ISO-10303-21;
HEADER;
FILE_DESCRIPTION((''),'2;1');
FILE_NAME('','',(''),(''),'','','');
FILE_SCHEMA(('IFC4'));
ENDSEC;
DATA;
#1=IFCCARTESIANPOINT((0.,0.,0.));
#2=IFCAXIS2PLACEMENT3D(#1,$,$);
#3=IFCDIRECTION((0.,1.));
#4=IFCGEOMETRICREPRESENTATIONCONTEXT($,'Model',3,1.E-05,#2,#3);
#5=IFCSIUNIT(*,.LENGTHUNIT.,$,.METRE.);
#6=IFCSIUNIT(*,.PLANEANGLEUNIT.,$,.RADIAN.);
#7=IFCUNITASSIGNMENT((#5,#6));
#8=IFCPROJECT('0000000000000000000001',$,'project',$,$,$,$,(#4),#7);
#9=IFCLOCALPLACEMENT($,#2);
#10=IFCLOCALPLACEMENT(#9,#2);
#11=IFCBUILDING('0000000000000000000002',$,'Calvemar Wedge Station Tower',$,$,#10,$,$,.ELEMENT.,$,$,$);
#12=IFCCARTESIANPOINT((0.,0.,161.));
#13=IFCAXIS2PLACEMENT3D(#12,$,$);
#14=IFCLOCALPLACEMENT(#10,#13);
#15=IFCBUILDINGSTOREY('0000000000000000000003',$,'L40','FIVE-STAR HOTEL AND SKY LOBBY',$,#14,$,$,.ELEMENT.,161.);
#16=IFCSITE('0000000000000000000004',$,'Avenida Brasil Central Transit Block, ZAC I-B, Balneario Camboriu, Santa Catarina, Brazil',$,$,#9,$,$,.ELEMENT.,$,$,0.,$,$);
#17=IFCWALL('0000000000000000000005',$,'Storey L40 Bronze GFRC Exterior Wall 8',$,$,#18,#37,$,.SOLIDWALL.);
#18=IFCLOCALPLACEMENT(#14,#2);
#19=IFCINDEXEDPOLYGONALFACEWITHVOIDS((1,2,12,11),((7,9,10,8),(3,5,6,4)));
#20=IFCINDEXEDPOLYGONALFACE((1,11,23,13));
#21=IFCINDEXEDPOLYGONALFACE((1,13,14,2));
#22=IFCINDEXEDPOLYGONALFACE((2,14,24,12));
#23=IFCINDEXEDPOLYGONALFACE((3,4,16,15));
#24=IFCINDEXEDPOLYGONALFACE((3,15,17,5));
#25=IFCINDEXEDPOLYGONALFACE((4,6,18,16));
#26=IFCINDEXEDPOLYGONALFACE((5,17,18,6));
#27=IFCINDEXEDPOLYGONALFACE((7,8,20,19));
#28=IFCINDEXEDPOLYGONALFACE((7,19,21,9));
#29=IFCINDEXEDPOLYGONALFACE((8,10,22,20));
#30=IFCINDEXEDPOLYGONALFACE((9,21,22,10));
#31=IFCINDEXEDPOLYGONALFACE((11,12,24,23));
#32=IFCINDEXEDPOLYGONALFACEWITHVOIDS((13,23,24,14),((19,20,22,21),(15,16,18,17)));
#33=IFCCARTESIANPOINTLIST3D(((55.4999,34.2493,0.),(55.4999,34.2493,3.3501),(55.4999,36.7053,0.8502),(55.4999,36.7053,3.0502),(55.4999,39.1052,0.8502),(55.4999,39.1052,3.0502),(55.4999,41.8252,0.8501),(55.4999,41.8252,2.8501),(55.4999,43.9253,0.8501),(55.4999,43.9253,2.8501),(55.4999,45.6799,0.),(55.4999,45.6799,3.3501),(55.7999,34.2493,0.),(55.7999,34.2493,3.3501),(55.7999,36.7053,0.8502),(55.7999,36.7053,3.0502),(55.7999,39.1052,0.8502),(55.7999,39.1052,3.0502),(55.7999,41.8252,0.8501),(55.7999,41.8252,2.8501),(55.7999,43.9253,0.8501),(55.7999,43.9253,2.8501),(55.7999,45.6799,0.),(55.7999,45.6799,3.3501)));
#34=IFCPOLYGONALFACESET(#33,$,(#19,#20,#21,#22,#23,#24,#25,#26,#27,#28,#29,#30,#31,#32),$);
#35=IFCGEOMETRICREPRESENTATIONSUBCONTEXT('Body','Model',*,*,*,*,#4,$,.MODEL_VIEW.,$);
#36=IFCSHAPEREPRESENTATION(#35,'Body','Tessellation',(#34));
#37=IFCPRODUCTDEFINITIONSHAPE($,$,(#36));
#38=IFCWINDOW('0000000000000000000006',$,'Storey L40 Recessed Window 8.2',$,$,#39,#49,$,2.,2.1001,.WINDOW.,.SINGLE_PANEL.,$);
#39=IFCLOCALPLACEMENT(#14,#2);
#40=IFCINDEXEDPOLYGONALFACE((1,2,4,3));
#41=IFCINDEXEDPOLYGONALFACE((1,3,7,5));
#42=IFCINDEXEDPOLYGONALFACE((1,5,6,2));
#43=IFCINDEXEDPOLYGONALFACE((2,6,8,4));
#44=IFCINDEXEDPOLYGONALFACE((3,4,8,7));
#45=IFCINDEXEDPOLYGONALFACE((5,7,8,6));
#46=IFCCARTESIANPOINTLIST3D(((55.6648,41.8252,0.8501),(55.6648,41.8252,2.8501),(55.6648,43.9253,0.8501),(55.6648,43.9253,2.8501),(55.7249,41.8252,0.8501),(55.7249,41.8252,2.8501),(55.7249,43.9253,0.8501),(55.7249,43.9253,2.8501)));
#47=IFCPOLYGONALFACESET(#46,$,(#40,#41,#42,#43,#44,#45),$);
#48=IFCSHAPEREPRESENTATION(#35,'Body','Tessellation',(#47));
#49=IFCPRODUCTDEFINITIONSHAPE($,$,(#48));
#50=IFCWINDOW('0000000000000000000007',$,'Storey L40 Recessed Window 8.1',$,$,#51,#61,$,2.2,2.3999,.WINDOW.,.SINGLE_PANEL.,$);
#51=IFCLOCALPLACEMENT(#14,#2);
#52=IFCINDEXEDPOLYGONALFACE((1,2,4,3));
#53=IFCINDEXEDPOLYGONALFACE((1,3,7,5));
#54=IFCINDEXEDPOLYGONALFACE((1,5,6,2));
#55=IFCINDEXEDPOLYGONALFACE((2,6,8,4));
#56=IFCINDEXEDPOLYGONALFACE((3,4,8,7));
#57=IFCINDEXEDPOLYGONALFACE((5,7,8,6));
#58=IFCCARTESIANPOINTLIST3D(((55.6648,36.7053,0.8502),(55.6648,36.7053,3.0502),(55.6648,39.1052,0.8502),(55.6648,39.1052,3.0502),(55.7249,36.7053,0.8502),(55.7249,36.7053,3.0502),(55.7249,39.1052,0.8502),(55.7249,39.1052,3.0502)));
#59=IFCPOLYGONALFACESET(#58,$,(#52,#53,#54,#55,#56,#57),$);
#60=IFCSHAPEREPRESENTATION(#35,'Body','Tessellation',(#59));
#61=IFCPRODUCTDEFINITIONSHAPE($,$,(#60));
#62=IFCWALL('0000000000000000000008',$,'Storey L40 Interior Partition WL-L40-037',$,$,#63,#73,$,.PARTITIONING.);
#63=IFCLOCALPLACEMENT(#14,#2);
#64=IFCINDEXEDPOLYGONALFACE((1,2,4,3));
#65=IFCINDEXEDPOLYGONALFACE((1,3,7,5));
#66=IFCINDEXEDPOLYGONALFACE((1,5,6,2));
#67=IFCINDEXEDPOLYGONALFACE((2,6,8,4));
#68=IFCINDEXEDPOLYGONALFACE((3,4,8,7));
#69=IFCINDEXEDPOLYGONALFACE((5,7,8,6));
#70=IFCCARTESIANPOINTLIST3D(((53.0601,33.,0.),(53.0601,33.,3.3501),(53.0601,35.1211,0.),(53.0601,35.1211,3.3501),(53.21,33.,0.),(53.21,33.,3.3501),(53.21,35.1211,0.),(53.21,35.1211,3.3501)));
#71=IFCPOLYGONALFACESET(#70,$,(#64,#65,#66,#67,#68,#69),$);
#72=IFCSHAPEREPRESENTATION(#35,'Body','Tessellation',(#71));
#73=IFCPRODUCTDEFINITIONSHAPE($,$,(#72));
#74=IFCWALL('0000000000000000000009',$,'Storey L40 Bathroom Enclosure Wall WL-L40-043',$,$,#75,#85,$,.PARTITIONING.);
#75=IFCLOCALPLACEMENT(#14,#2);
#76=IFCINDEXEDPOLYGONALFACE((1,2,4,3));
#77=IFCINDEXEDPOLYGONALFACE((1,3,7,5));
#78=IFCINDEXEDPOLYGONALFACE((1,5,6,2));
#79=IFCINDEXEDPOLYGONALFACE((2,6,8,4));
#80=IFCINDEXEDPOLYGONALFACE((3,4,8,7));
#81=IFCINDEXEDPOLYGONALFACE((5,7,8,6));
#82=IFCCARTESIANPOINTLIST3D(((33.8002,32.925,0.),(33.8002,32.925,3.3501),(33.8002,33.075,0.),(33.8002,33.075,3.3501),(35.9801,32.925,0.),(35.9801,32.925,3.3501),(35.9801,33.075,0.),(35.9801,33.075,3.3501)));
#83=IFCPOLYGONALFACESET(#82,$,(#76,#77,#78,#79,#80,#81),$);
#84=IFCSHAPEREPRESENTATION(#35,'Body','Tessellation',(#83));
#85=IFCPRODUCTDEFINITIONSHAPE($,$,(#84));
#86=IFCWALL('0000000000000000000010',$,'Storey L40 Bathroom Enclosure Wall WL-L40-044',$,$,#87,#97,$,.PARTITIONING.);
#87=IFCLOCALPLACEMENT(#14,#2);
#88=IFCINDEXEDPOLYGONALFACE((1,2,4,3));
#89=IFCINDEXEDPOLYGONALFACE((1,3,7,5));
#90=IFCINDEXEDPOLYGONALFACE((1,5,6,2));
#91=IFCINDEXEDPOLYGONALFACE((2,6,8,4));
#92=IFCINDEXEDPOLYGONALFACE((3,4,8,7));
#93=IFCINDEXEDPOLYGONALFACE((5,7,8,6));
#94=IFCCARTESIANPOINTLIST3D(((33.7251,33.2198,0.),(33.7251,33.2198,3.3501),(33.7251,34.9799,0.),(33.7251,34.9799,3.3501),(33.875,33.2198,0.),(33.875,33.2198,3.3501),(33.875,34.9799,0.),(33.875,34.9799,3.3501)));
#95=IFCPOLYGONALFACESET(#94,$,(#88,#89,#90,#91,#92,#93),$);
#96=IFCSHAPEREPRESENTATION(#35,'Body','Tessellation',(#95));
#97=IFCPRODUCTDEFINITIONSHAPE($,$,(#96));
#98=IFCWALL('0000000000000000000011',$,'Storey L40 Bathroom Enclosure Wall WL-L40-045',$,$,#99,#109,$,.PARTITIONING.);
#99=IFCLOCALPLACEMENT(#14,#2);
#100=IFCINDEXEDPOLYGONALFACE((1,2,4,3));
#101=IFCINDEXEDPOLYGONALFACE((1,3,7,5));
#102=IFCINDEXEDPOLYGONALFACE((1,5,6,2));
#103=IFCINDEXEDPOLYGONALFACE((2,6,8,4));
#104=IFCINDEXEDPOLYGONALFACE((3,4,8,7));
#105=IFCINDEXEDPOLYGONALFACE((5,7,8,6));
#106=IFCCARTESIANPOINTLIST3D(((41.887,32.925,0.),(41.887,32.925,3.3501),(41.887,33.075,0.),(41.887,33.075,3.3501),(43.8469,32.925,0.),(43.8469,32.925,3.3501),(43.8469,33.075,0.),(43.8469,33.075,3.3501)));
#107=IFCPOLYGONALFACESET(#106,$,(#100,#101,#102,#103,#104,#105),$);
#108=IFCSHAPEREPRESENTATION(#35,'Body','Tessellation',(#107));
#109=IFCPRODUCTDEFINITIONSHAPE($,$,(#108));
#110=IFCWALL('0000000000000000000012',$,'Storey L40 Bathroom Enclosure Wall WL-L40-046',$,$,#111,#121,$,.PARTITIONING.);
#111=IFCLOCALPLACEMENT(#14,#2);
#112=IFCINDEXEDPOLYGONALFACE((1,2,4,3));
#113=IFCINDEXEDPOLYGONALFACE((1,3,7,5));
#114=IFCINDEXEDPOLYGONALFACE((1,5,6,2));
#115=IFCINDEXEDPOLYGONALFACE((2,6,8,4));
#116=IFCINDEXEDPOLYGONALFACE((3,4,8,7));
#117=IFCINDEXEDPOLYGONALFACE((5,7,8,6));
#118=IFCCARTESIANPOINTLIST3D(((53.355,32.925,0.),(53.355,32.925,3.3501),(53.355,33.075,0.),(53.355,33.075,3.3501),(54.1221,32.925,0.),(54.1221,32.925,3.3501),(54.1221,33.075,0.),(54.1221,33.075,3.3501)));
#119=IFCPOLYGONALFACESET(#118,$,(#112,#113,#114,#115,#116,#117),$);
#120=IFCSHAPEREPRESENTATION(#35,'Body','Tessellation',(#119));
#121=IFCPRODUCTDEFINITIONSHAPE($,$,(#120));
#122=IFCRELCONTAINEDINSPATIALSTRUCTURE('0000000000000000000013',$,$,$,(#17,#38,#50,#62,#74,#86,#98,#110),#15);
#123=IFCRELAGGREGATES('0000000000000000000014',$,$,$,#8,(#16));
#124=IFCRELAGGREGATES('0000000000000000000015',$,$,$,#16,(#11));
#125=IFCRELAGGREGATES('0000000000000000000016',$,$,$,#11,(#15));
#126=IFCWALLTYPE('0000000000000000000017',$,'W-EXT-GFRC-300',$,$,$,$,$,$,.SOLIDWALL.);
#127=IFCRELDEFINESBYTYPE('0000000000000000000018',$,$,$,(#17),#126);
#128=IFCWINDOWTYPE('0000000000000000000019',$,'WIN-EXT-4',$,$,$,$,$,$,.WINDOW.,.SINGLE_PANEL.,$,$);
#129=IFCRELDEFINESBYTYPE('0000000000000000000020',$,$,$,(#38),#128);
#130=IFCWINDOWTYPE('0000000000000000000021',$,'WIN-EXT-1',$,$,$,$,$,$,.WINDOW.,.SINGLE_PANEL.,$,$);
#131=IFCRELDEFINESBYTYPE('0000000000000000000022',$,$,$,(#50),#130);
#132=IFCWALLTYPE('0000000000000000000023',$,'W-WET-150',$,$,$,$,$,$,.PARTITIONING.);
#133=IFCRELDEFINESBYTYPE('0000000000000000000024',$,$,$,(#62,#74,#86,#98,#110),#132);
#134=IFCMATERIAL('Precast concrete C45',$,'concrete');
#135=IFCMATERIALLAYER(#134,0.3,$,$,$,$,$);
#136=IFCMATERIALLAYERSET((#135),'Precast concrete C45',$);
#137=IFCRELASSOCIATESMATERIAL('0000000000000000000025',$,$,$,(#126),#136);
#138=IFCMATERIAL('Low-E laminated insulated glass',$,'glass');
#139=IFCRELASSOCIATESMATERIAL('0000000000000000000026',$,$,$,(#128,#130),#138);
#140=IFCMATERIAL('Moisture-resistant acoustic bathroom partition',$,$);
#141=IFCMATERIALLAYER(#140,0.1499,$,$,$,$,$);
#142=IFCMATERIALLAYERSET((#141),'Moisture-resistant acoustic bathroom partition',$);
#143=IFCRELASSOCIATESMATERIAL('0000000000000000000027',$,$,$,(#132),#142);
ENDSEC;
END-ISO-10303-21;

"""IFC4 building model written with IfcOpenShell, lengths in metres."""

from ifc_helpers import new_model, si_unit, direction, frame, frame_2d, origin, place, context, subcontext, project, spatial, rectangle, extrude, source, transform, mapped, material, layer, layer_set, type_object, element, fill, save


model = new_model("IFC4")

# Units and contexts
model_context = context("Model", 3, precision=1e-05, world=origin(), true_north=direction((0.0, 1.0)))
body_context = subcontext(model_context, "Body", "Model", "MODEL_VIEW")
ifc_project = project(units=[si_unit("LENGTHUNIT", "METRE"), si_unit("PLANEANGLEUNIT", "RADIAN")], contexts=[model_context])

# Site, building, storey
site_placement = place(None, origin())
site = spatial("IfcSite", under=ifc_project, at=site_placement, Name="Avenida Brasil Central Transit Block, ZAC I-B, Balneario Camboriu, Santa Catarina, Brazil", CompositionType="ELEMENT", RefElevation=0.0)
building_placement = place(site_placement, origin())
building = spatial("IfcBuilding", under=site, at=building_placement, Name="Calvemar Wedge Station Tower", CompositionType="ELEMENT")
storey_placement = place(building_placement, frame((0.0, 0.0, 161.0)))
storey = spatial("IfcBuildingStorey", under=building, at=storey_placement, Name="L40", Description="FIVE-STAR HOTEL AND SKY LOBBY", CompositionType="ELEMENT", Elevation=161.0)

# Shared definitions
ifc_material_1 = material(Name="Low-E laminated insulated glass", Category="glass")

# Shared definitions
ifc_material_2 = material(Name="Precast concrete C45", Category="concrete")

# Shared definitions
ifc_layer_1 = layer(ifc_material_2, 0.3)
ifc_layer_set_1 = layer_set([ifc_layer_1], Name="Precast concrete C45")
wall_type_1 = type_object("IfcWallType", Name="W-EXT-GFRC-300", PredefinedType="SOLIDWALL", material=ifc_layer_set_1)

# Wall, openings, windows
wall_1_placement = place(storey_placement, frame((55.6499, 34.2493, 0.0), z_axis=(0.0, 0.0, 1.0), x_axis=(0.0, 1.0, 0.0)))
wall_1 = element("IfcWall", 1, at=wall_1_placement, inside=storey, type_object=wall_type_1, Name="Storey L40 Bronze GFRC Exterior Wall 8", PredefinedType="SOLIDWALL", context=body_context, shape_type="SweptSolid", body=[
    extrude(rectangle(XDim=11.4307, YDim=0.3, at=frame_2d((5.7153, 0.0))), origin(), (0.0, 0.0, 1.0), 3.3501),
])
shared_shape_1 = source(origin(), body_context, "Body", "SweptSolid", [
    extrude(rectangle(XDim=2.3999, YDim=2.2, at=frame_2d((1.2, 1.1001))), frame((0.0, 0.1602, 0.0), z_axis=(0.0, -1.0, 0.0), x_axis=(1.0, 0.0, 0.0)), (0.0, 0.0, 1.0), 0.3201),
])
opening_1_placement = place(wall_1_placement, frame((2.4561, 0.0, 0.8501)))
opening_1 = element("IfcOpeningElement", 2, at=opening_1_placement, cuts=wall_1, PredefinedType="OPENING", context=body_context, shape_type="MappedRepresentation", body=[
    mapped(shared_shape_1, transform((0.0, 0.0, 0.0), scale=1.0)),
])
shared_shape_2 = source(origin(), body_context, "Body", "SweptSolid", [
    extrude(rectangle(XDim=2.1001, YDim=2.0, at=frame_2d((1.05, 1.0))), frame((0.0, 0.1602, 0.0), z_axis=(0.0, -1.0, 0.0), x_axis=(1.0, 0.0, 0.0)), (0.0, 0.0, 1.0), 0.3201),
])
opening_2_placement = place(wall_1_placement, frame((7.5759, 0.0, 0.8501)))
opening_2 = element("IfcOpeningElement", 3, at=opening_2_placement, cuts=wall_1, PredefinedType="OPENING", context=body_context, shape_type="MappedRepresentation", body=[
    mapped(shared_shape_2, transform((0.0, 0.0, 0.0), scale=1.0)),
])
window_type_1 = type_object("IfcWindowType", Name="WIN-EXT-4", PartitioningType="SINGLE_PANEL", PredefinedType="WINDOW", material=ifc_material_1)
shared_shape_3 = source(origin(), body_context, "Body", "SweptSolid", [
    extrude(rectangle(XDim=2.1001, YDim=2.0, at=frame_2d((1.05, 1.0))), frame((0.0, -0.0149, 0.0), z_axis=(0.0, -1.0, 0.0), x_axis=(1.0, 0.0, 0.0)), (0.0, 0.0, 1.0), 0.0601),
])
window_1_placement = place(opening_2_placement, origin())
window_1 = element("IfcWindow", 4, at=window_1_placement, inside=storey, type_object=window_type_1, Name="Storey L40 Recessed Window 8.2", OverallHeight=2.0, OverallWidth=2.1001, PartitioningType="SINGLE_PANEL", PredefinedType="WINDOW", context=body_context, shape_type="MappedRepresentation", body=[
    mapped(shared_shape_3, transform((0.0, 0.0, 0.0), scale=1.0)),
])
fill(opening_2, window_1)
window_type_2 = type_object("IfcWindowType", Name="WIN-EXT-1", PartitioningType="SINGLE_PANEL", PredefinedType="WINDOW", material=ifc_material_1)
shared_shape_4 = source(origin(), body_context, "Body", "SweptSolid", [
    extrude(rectangle(XDim=2.3999, YDim=2.2, at=frame_2d((1.2, 1.1001))), frame((0.0, -0.0149, 0.0), z_axis=(0.0, -1.0, 0.0), x_axis=(1.0, 0.0, 0.0)), (0.0, 0.0, 1.0), 0.0601),
])
window_2_placement = place(opening_1_placement, origin())
window_2 = element("IfcWindow", 5, at=window_2_placement, inside=storey, type_object=window_type_2, Name="Storey L40 Recessed Window 8.1", OverallHeight=2.2, OverallWidth=2.3999, PartitioningType="SINGLE_PANEL", PredefinedType="WINDOW", context=body_context, shape_type="MappedRepresentation", body=[
    mapped(shared_shape_4, transform((0.0, 0.0, 0.0), scale=1.0)),
])
fill(opening_1, window_2)

# Walls
ifc_material_3 = material(Name="Moisture-resistant acoustic bathroom partition")
ifc_layer_2 = layer(ifc_material_3, 0.1499)
ifc_layer_set_2 = layer_set([ifc_layer_2], Name="Moisture-resistant acoustic bathroom partition")
wall_type_2 = type_object("IfcWallType", Name="W-WET-150", PredefinedType="PARTITIONING", material=ifc_layer_set_2)
wall_2_placement = place(storey_placement, frame((53.135, 33.0, 0.0), z_axis=(0.0, 0.0, 1.0), x_axis=(0.0, 1.0, 0.0)))
element("IfcWall", 6, at=wall_2_placement, inside=storey, type_object=wall_type_2, Name="Storey L40 Interior Partition WL-L40-037", PredefinedType="PARTITIONING", context=body_context, shape_type="SweptSolid", body=[
    extrude(rectangle(XDim=2.1211, YDim=0.1499, at=frame_2d((1.0605, 0.0))), origin(), (0.0, 0.0, 1.0), 3.3501),
])
wall_3_placement = place(storey_placement, frame((35.98, 33.0, 0.0), z_axis=(0.0, 0.0, 1.0), x_axis=(-1.0, 0.0, 0.0)))
element("IfcWall", 7, at=wall_3_placement, inside=storey, type_object=wall_type_2, Name="Storey L40 Bathroom Enclosure Wall WL-L40-043", PredefinedType="PARTITIONING", context=body_context, shape_type="SweptSolid", body=[
    extrude(rectangle(XDim=2.1799, YDim=0.1499, at=frame_2d((1.0898, 0.0))), origin(), (0.0, 0.0, 1.0), 3.3501),
])
wall_4_placement = place(storey_placement, frame((33.8, 33.22, 0.0), z_axis=(0.0, 0.0, 1.0), x_axis=(0.0, 1.0, 0.0)))
element("IfcWall", 8, at=wall_4_placement, inside=storey, type_object=wall_type_2, Name="Storey L40 Bathroom Enclosure Wall WL-L40-044", PredefinedType="PARTITIONING", context=body_context, shape_type="SweptSolid", body=[
    extrude(rectangle(XDim=1.76, YDim=0.1499, at=frame_2d((0.8799, 0.0))), origin(), (0.0, 0.0, 1.0), 3.3501),
])
wall_5_placement = place(storey_placement, frame((43.8469, 33.0, 0.0), z_axis=(0.0, 0.0, 1.0), x_axis=(-1.0, 0.0, 0.0)))
element("IfcWall", 9, at=wall_5_placement, inside=storey, type_object=wall_type_2, Name="Storey L40 Bathroom Enclosure Wall WL-L40-045", PredefinedType="PARTITIONING", context=body_context, shape_type="SweptSolid", body=[
    extrude(rectangle(XDim=1.96, YDim=0.1499, at=frame_2d((0.98, 0.0))), origin(), (0.0, 0.0, 1.0), 3.3501),
])
wall_6_placement = place(storey_placement, frame((54.1221, 33.0, 0.0), z_axis=(0.0, 0.0, 1.0), x_axis=(-1.0, 0.0, 0.0)))
element("IfcWall", 10, at=wall_6_placement, inside=storey, type_object=wall_type_2, Name="Storey L40 Bathroom Enclosure Wall WL-L40-046", PredefinedType="PARTITIONING", context=body_context, shape_type="SweptSolid", body=[
    extrude(rectangle(XDim=0.7671, YDim=0.1499, at=frame_2d((0.3835, 0.0))), origin(), (0.0, 0.0, 1.0), 3.3501),
])

save(model, "model.ifc")
